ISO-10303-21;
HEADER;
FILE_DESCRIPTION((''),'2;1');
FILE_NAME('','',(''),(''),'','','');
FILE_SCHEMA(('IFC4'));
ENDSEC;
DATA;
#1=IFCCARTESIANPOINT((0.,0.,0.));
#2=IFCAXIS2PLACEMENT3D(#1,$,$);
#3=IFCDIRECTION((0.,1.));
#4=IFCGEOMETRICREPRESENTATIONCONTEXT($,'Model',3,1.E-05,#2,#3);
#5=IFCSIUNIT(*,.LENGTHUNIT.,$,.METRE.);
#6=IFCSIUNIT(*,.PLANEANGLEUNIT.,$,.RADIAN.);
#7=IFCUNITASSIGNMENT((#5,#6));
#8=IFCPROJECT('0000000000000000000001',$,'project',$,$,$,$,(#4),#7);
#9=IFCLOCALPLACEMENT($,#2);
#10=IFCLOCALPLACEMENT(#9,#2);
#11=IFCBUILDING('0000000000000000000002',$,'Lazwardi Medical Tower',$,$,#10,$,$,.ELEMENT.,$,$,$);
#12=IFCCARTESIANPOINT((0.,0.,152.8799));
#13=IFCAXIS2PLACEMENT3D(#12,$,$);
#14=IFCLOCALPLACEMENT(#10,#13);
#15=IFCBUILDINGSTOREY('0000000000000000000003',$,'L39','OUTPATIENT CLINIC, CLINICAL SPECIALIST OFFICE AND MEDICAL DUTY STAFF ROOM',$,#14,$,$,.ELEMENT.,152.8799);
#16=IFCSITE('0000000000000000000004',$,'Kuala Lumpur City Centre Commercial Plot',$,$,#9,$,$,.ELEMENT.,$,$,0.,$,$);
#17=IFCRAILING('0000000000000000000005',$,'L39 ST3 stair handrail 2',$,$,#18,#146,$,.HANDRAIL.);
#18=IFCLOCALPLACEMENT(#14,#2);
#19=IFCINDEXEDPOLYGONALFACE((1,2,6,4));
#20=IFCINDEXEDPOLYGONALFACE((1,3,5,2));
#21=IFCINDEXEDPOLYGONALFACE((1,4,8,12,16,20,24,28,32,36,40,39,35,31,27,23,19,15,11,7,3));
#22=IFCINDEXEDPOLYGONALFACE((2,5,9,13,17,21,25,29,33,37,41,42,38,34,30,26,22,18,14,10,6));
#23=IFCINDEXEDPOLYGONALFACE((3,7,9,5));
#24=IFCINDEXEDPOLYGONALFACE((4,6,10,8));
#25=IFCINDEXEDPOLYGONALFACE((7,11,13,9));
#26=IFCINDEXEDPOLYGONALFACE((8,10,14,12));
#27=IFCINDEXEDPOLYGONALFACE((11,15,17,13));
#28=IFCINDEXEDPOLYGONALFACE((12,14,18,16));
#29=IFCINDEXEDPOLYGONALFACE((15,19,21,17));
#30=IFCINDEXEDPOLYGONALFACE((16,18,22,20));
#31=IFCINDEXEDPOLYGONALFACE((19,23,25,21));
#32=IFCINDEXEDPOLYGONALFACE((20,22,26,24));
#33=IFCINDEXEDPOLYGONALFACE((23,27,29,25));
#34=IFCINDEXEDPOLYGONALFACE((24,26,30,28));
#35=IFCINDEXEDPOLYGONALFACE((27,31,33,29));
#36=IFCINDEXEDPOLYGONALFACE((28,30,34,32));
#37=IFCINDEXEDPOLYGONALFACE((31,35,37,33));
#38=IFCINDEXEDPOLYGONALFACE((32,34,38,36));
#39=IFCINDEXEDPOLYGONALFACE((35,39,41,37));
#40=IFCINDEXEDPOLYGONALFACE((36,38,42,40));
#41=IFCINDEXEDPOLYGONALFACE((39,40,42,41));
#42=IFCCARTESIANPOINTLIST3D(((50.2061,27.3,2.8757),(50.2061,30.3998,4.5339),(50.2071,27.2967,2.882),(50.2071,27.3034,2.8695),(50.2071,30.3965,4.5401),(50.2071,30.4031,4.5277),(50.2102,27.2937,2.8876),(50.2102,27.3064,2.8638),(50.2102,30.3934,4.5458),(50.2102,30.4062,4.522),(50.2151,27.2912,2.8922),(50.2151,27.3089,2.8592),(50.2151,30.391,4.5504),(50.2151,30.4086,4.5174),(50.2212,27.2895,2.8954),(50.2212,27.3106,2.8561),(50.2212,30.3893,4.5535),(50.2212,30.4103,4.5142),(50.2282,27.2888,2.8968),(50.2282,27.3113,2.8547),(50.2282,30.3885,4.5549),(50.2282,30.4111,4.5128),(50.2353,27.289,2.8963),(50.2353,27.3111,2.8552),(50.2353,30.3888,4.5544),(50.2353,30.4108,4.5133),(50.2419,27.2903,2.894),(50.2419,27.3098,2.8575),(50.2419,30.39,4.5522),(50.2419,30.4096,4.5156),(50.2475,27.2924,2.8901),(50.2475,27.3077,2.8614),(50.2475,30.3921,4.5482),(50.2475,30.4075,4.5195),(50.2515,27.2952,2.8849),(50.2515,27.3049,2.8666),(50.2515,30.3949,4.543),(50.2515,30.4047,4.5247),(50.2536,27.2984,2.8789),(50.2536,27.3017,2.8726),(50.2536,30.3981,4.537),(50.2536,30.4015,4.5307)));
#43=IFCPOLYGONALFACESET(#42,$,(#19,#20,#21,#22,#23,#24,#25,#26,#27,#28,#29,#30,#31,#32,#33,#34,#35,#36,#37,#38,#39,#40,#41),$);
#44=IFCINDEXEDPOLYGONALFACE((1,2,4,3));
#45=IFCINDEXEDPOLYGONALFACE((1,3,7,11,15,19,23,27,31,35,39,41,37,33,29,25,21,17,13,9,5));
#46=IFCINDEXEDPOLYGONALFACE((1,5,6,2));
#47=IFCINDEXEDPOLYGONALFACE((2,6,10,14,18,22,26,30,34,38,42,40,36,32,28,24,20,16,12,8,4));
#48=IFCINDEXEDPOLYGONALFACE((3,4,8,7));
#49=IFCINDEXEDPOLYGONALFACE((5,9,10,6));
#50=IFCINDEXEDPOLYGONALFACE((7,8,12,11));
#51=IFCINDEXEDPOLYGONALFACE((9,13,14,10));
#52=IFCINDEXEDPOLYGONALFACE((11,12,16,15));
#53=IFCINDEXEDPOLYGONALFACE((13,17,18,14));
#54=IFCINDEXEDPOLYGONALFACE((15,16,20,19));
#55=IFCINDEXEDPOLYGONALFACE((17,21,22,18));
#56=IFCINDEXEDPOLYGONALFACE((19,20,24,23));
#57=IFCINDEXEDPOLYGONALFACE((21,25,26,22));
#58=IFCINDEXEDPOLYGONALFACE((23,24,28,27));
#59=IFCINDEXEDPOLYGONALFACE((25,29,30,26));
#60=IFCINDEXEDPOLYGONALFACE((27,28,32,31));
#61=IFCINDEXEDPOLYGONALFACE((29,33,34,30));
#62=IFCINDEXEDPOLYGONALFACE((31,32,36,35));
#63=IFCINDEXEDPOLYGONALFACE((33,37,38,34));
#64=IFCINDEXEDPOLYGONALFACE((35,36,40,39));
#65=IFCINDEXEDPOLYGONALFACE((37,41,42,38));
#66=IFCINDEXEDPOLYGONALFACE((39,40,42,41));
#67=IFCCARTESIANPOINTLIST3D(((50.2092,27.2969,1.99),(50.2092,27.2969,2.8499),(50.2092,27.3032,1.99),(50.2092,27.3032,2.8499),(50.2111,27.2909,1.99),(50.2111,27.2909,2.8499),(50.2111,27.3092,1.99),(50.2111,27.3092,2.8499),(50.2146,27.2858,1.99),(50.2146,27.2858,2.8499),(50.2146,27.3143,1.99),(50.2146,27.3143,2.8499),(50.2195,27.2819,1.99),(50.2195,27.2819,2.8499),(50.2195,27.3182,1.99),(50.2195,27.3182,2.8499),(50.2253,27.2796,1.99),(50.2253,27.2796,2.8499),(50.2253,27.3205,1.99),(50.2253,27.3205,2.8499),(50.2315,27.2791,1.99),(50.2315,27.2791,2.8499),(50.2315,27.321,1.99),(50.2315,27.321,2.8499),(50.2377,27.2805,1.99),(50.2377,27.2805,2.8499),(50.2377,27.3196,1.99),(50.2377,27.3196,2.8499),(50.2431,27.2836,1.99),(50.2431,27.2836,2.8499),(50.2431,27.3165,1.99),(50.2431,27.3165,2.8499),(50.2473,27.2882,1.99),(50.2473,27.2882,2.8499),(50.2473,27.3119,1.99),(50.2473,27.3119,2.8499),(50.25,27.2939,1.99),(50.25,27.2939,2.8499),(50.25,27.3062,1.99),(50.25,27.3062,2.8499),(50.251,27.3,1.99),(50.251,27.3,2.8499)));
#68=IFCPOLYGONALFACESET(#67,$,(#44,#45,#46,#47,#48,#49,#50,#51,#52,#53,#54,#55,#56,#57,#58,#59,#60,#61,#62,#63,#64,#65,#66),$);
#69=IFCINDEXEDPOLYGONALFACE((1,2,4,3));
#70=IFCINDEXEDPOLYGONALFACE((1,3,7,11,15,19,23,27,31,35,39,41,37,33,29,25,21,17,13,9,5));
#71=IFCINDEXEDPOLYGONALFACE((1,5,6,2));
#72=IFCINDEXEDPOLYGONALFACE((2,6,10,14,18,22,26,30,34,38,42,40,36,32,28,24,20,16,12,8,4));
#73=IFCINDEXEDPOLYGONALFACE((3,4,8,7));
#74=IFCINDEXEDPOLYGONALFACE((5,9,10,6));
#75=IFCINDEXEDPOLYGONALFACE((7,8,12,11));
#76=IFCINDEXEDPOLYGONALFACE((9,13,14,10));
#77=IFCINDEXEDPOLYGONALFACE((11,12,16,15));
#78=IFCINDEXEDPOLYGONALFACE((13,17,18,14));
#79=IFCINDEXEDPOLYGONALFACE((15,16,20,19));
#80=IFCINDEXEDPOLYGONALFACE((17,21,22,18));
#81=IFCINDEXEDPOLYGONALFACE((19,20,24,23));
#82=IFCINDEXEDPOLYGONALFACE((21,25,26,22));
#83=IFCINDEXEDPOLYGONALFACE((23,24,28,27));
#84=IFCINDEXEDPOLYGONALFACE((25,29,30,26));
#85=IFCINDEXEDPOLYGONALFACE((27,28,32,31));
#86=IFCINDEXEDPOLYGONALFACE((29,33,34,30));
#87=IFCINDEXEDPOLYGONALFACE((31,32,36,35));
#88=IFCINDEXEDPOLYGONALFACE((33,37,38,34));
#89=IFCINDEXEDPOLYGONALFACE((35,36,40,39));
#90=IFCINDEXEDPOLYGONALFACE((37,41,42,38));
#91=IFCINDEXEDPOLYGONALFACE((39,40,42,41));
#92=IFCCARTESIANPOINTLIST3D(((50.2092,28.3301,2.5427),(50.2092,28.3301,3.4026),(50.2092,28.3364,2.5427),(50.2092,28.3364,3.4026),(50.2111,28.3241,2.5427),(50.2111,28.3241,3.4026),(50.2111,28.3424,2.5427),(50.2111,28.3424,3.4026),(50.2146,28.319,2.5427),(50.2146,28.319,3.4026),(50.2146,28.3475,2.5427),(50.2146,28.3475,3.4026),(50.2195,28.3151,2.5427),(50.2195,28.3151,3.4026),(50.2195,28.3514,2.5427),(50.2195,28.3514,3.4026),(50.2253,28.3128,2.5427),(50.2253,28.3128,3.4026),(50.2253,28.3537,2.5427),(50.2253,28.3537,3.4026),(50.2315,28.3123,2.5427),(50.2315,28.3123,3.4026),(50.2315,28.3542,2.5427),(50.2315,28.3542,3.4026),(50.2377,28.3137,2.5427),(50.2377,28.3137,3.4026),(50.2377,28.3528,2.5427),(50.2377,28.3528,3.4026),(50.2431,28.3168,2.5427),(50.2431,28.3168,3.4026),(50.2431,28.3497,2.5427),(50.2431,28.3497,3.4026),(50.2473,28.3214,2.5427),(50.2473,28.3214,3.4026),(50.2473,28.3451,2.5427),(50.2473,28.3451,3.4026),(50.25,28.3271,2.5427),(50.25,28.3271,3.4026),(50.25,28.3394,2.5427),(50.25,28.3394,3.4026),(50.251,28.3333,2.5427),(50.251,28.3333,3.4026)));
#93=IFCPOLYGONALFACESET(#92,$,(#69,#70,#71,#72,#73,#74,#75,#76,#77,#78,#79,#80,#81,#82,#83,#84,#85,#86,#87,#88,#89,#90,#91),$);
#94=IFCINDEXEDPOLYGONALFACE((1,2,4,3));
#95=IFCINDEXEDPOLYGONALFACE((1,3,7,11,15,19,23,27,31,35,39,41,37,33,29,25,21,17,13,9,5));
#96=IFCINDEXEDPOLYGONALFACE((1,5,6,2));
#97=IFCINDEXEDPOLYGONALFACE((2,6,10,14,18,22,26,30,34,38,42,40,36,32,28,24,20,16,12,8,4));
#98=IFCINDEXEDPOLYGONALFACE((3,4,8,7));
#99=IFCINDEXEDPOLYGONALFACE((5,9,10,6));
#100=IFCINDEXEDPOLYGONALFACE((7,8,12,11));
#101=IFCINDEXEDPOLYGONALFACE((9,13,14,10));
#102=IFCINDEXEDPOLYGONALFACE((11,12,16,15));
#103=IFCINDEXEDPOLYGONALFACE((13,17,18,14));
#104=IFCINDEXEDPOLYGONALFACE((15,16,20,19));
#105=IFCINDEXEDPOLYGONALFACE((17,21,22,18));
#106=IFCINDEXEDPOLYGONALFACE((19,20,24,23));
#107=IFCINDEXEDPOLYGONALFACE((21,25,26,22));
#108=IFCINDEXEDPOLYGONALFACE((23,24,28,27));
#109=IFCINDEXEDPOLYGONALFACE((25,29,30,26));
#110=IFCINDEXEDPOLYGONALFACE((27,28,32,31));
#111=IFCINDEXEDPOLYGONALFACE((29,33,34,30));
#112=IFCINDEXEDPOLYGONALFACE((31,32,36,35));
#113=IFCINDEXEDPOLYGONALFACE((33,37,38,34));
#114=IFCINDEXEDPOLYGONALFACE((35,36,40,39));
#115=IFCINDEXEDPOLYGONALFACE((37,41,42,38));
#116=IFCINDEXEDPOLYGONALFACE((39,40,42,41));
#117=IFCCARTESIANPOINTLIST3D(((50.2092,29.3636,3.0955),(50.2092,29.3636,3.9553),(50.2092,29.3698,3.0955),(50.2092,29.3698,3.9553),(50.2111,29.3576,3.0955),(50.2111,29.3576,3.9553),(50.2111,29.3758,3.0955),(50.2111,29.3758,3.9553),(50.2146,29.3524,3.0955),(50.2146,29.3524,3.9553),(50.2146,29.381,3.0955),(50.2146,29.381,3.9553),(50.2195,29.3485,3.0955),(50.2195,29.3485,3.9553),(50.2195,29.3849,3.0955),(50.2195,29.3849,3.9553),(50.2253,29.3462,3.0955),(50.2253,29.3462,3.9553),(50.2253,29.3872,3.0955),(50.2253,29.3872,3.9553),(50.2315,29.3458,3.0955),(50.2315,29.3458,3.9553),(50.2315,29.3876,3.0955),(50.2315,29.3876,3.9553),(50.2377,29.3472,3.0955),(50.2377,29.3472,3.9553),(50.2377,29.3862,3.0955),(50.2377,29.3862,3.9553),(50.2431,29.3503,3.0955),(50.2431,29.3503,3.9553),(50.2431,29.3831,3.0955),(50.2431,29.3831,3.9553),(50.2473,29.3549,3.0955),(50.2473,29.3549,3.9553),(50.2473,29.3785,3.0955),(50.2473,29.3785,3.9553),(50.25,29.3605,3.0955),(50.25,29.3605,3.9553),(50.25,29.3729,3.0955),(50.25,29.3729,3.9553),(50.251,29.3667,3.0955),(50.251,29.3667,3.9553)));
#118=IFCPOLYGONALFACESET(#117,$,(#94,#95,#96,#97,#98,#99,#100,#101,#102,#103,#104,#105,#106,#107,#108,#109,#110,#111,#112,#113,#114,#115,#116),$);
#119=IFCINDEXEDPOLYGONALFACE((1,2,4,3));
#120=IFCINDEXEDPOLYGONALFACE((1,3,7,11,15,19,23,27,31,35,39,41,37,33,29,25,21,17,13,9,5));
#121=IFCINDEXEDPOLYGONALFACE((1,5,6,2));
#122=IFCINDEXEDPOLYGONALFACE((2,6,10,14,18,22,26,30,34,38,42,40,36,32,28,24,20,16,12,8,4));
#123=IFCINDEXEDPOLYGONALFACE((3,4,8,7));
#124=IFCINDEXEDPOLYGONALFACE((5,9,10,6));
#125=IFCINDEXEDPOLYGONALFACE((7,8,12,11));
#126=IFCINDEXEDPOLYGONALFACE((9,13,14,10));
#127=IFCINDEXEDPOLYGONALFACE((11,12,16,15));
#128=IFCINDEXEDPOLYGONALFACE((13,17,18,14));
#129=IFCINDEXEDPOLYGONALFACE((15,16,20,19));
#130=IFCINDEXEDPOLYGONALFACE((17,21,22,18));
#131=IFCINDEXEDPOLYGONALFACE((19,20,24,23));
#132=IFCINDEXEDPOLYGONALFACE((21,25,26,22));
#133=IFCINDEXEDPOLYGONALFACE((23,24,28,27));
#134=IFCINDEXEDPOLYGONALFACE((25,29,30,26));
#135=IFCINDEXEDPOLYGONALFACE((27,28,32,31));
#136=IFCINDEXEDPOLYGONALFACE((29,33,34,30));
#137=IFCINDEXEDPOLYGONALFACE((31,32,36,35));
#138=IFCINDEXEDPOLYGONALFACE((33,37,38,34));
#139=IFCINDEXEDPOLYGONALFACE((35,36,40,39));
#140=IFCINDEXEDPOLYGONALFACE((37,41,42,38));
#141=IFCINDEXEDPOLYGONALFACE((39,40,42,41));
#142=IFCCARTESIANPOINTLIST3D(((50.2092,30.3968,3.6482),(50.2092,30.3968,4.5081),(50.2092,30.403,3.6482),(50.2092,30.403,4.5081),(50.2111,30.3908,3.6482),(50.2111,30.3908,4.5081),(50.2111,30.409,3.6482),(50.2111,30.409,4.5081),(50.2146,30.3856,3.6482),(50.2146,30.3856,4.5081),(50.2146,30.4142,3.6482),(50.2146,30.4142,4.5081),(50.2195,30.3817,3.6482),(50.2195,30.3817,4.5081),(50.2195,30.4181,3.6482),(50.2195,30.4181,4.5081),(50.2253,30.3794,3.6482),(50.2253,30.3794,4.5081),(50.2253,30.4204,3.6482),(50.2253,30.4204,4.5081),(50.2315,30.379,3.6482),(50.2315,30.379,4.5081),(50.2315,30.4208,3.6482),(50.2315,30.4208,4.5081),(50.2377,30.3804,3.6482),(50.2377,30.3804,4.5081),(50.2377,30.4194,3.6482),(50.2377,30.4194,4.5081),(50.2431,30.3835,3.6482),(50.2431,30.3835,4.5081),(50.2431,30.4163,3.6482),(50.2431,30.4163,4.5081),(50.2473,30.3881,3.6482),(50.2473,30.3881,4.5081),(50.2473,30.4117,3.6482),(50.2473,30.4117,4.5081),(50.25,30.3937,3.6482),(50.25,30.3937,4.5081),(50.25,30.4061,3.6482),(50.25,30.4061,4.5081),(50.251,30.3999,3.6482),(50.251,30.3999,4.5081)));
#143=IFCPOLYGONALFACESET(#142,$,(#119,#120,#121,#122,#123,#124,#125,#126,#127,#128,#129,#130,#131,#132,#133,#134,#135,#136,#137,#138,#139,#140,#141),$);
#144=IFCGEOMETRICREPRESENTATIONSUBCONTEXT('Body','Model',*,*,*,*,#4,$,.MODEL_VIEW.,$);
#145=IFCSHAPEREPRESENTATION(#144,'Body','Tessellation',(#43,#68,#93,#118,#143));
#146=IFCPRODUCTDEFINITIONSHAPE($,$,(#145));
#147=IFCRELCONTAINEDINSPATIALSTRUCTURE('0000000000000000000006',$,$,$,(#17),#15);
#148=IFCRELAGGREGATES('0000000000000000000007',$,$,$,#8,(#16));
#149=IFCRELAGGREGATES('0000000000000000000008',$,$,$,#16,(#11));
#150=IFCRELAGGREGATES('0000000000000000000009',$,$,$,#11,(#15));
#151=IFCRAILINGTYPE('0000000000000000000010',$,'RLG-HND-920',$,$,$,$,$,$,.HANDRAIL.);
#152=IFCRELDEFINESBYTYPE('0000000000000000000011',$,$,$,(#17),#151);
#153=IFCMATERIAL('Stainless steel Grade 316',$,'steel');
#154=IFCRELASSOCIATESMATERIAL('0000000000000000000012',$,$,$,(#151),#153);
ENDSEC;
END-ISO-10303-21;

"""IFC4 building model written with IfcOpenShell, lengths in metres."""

from ifc_helpers import new_model, si_unit, direction, frame, origin, origin_2d, place, context, subcontext, project, spatial, circle, extrude, material, type_object, element, save


model = new_model("IFC4")

# Units and contexts
model_context = context("Model", 3, precision=1e-05, world=origin(), true_north=direction((0.0, 1.0)))
body_context = subcontext(model_context, "Body", "Model", "MODEL_VIEW")
ifc_project = project(units=[si_unit("LENGTHUNIT", "METRE"), si_unit("PLANEANGLEUNIT", "RADIAN")], contexts=[model_context])

# Site, building, storey
site_placement = place(None, origin())
site = spatial("IfcSite", under=ifc_project, at=site_placement, Name="Kuala Lumpur City Centre Commercial Plot", CompositionType="ELEMENT", RefElevation=0.0)
building_placement = place(site_placement, origin())
building = spatial("IfcBuilding", under=site, at=building_placement, Name="Lazwardi Medical Tower", CompositionType="ELEMENT")
storey_placement = place(building_placement, frame((0.0, 0.0, 152.8799)))
storey = spatial("IfcBuildingStorey", under=building, at=storey_placement, Name="L39", Description="OUTPATIENT CLINIC, CLINICAL SPECIALIST OFFICE AND MEDICAL DUTY STAFF ROOM", CompositionType="ELEMENT", Elevation=152.8799)

# Railing
ifc_material_1 = material(Name="Stainless steel Grade 316", Category="steel")
railing_type_1 = type_object("IfcRailingType", Name="RLG-HND-920", PredefinedType="HANDRAIL", material=ifc_material_1)
railing_1_placement = place(storey_placement, frame((50.23, 27.3, 1.99)))
element("IfcRailing", 1, at=railing_1_placement, inside=storey, type_object=railing_type_1, Name="L39 ST3 stair handrail 2", PredefinedType="HANDRAIL", context=body_context, shape_type="SweptSolid", body=[
    extrude(circle(Radius=0.0239, at=origin_2d()), frame((0.0, 0.0, 0.8857), z_axis=(0.0, 0.881768, 0.471684), x_axis=(-1.0, 0.0, 0.0)), (0.0, 0.0, 1.0), 3.5154),
    extrude(circle(Radius=0.021, at=origin_2d()), origin(), (0.0, 0.0, 1.0), 0.8599),
    extrude(circle(Radius=0.021, at=origin_2d()), frame((0.0, 1.0332, 0.5527)), (0.0, 0.0, 1.0), 0.8599),
    extrude(circle(Radius=0.021, at=origin_2d()), frame((0.0, 2.0667, 1.1055)), (0.0, 0.0, 1.0), 0.8599),
    extrude(circle(Radius=0.021, at=origin_2d()), frame((0.0, 3.0999, 1.6582)), (0.0, 0.0, 1.0), 0.8599),
])

save(model, "model.ifc")
